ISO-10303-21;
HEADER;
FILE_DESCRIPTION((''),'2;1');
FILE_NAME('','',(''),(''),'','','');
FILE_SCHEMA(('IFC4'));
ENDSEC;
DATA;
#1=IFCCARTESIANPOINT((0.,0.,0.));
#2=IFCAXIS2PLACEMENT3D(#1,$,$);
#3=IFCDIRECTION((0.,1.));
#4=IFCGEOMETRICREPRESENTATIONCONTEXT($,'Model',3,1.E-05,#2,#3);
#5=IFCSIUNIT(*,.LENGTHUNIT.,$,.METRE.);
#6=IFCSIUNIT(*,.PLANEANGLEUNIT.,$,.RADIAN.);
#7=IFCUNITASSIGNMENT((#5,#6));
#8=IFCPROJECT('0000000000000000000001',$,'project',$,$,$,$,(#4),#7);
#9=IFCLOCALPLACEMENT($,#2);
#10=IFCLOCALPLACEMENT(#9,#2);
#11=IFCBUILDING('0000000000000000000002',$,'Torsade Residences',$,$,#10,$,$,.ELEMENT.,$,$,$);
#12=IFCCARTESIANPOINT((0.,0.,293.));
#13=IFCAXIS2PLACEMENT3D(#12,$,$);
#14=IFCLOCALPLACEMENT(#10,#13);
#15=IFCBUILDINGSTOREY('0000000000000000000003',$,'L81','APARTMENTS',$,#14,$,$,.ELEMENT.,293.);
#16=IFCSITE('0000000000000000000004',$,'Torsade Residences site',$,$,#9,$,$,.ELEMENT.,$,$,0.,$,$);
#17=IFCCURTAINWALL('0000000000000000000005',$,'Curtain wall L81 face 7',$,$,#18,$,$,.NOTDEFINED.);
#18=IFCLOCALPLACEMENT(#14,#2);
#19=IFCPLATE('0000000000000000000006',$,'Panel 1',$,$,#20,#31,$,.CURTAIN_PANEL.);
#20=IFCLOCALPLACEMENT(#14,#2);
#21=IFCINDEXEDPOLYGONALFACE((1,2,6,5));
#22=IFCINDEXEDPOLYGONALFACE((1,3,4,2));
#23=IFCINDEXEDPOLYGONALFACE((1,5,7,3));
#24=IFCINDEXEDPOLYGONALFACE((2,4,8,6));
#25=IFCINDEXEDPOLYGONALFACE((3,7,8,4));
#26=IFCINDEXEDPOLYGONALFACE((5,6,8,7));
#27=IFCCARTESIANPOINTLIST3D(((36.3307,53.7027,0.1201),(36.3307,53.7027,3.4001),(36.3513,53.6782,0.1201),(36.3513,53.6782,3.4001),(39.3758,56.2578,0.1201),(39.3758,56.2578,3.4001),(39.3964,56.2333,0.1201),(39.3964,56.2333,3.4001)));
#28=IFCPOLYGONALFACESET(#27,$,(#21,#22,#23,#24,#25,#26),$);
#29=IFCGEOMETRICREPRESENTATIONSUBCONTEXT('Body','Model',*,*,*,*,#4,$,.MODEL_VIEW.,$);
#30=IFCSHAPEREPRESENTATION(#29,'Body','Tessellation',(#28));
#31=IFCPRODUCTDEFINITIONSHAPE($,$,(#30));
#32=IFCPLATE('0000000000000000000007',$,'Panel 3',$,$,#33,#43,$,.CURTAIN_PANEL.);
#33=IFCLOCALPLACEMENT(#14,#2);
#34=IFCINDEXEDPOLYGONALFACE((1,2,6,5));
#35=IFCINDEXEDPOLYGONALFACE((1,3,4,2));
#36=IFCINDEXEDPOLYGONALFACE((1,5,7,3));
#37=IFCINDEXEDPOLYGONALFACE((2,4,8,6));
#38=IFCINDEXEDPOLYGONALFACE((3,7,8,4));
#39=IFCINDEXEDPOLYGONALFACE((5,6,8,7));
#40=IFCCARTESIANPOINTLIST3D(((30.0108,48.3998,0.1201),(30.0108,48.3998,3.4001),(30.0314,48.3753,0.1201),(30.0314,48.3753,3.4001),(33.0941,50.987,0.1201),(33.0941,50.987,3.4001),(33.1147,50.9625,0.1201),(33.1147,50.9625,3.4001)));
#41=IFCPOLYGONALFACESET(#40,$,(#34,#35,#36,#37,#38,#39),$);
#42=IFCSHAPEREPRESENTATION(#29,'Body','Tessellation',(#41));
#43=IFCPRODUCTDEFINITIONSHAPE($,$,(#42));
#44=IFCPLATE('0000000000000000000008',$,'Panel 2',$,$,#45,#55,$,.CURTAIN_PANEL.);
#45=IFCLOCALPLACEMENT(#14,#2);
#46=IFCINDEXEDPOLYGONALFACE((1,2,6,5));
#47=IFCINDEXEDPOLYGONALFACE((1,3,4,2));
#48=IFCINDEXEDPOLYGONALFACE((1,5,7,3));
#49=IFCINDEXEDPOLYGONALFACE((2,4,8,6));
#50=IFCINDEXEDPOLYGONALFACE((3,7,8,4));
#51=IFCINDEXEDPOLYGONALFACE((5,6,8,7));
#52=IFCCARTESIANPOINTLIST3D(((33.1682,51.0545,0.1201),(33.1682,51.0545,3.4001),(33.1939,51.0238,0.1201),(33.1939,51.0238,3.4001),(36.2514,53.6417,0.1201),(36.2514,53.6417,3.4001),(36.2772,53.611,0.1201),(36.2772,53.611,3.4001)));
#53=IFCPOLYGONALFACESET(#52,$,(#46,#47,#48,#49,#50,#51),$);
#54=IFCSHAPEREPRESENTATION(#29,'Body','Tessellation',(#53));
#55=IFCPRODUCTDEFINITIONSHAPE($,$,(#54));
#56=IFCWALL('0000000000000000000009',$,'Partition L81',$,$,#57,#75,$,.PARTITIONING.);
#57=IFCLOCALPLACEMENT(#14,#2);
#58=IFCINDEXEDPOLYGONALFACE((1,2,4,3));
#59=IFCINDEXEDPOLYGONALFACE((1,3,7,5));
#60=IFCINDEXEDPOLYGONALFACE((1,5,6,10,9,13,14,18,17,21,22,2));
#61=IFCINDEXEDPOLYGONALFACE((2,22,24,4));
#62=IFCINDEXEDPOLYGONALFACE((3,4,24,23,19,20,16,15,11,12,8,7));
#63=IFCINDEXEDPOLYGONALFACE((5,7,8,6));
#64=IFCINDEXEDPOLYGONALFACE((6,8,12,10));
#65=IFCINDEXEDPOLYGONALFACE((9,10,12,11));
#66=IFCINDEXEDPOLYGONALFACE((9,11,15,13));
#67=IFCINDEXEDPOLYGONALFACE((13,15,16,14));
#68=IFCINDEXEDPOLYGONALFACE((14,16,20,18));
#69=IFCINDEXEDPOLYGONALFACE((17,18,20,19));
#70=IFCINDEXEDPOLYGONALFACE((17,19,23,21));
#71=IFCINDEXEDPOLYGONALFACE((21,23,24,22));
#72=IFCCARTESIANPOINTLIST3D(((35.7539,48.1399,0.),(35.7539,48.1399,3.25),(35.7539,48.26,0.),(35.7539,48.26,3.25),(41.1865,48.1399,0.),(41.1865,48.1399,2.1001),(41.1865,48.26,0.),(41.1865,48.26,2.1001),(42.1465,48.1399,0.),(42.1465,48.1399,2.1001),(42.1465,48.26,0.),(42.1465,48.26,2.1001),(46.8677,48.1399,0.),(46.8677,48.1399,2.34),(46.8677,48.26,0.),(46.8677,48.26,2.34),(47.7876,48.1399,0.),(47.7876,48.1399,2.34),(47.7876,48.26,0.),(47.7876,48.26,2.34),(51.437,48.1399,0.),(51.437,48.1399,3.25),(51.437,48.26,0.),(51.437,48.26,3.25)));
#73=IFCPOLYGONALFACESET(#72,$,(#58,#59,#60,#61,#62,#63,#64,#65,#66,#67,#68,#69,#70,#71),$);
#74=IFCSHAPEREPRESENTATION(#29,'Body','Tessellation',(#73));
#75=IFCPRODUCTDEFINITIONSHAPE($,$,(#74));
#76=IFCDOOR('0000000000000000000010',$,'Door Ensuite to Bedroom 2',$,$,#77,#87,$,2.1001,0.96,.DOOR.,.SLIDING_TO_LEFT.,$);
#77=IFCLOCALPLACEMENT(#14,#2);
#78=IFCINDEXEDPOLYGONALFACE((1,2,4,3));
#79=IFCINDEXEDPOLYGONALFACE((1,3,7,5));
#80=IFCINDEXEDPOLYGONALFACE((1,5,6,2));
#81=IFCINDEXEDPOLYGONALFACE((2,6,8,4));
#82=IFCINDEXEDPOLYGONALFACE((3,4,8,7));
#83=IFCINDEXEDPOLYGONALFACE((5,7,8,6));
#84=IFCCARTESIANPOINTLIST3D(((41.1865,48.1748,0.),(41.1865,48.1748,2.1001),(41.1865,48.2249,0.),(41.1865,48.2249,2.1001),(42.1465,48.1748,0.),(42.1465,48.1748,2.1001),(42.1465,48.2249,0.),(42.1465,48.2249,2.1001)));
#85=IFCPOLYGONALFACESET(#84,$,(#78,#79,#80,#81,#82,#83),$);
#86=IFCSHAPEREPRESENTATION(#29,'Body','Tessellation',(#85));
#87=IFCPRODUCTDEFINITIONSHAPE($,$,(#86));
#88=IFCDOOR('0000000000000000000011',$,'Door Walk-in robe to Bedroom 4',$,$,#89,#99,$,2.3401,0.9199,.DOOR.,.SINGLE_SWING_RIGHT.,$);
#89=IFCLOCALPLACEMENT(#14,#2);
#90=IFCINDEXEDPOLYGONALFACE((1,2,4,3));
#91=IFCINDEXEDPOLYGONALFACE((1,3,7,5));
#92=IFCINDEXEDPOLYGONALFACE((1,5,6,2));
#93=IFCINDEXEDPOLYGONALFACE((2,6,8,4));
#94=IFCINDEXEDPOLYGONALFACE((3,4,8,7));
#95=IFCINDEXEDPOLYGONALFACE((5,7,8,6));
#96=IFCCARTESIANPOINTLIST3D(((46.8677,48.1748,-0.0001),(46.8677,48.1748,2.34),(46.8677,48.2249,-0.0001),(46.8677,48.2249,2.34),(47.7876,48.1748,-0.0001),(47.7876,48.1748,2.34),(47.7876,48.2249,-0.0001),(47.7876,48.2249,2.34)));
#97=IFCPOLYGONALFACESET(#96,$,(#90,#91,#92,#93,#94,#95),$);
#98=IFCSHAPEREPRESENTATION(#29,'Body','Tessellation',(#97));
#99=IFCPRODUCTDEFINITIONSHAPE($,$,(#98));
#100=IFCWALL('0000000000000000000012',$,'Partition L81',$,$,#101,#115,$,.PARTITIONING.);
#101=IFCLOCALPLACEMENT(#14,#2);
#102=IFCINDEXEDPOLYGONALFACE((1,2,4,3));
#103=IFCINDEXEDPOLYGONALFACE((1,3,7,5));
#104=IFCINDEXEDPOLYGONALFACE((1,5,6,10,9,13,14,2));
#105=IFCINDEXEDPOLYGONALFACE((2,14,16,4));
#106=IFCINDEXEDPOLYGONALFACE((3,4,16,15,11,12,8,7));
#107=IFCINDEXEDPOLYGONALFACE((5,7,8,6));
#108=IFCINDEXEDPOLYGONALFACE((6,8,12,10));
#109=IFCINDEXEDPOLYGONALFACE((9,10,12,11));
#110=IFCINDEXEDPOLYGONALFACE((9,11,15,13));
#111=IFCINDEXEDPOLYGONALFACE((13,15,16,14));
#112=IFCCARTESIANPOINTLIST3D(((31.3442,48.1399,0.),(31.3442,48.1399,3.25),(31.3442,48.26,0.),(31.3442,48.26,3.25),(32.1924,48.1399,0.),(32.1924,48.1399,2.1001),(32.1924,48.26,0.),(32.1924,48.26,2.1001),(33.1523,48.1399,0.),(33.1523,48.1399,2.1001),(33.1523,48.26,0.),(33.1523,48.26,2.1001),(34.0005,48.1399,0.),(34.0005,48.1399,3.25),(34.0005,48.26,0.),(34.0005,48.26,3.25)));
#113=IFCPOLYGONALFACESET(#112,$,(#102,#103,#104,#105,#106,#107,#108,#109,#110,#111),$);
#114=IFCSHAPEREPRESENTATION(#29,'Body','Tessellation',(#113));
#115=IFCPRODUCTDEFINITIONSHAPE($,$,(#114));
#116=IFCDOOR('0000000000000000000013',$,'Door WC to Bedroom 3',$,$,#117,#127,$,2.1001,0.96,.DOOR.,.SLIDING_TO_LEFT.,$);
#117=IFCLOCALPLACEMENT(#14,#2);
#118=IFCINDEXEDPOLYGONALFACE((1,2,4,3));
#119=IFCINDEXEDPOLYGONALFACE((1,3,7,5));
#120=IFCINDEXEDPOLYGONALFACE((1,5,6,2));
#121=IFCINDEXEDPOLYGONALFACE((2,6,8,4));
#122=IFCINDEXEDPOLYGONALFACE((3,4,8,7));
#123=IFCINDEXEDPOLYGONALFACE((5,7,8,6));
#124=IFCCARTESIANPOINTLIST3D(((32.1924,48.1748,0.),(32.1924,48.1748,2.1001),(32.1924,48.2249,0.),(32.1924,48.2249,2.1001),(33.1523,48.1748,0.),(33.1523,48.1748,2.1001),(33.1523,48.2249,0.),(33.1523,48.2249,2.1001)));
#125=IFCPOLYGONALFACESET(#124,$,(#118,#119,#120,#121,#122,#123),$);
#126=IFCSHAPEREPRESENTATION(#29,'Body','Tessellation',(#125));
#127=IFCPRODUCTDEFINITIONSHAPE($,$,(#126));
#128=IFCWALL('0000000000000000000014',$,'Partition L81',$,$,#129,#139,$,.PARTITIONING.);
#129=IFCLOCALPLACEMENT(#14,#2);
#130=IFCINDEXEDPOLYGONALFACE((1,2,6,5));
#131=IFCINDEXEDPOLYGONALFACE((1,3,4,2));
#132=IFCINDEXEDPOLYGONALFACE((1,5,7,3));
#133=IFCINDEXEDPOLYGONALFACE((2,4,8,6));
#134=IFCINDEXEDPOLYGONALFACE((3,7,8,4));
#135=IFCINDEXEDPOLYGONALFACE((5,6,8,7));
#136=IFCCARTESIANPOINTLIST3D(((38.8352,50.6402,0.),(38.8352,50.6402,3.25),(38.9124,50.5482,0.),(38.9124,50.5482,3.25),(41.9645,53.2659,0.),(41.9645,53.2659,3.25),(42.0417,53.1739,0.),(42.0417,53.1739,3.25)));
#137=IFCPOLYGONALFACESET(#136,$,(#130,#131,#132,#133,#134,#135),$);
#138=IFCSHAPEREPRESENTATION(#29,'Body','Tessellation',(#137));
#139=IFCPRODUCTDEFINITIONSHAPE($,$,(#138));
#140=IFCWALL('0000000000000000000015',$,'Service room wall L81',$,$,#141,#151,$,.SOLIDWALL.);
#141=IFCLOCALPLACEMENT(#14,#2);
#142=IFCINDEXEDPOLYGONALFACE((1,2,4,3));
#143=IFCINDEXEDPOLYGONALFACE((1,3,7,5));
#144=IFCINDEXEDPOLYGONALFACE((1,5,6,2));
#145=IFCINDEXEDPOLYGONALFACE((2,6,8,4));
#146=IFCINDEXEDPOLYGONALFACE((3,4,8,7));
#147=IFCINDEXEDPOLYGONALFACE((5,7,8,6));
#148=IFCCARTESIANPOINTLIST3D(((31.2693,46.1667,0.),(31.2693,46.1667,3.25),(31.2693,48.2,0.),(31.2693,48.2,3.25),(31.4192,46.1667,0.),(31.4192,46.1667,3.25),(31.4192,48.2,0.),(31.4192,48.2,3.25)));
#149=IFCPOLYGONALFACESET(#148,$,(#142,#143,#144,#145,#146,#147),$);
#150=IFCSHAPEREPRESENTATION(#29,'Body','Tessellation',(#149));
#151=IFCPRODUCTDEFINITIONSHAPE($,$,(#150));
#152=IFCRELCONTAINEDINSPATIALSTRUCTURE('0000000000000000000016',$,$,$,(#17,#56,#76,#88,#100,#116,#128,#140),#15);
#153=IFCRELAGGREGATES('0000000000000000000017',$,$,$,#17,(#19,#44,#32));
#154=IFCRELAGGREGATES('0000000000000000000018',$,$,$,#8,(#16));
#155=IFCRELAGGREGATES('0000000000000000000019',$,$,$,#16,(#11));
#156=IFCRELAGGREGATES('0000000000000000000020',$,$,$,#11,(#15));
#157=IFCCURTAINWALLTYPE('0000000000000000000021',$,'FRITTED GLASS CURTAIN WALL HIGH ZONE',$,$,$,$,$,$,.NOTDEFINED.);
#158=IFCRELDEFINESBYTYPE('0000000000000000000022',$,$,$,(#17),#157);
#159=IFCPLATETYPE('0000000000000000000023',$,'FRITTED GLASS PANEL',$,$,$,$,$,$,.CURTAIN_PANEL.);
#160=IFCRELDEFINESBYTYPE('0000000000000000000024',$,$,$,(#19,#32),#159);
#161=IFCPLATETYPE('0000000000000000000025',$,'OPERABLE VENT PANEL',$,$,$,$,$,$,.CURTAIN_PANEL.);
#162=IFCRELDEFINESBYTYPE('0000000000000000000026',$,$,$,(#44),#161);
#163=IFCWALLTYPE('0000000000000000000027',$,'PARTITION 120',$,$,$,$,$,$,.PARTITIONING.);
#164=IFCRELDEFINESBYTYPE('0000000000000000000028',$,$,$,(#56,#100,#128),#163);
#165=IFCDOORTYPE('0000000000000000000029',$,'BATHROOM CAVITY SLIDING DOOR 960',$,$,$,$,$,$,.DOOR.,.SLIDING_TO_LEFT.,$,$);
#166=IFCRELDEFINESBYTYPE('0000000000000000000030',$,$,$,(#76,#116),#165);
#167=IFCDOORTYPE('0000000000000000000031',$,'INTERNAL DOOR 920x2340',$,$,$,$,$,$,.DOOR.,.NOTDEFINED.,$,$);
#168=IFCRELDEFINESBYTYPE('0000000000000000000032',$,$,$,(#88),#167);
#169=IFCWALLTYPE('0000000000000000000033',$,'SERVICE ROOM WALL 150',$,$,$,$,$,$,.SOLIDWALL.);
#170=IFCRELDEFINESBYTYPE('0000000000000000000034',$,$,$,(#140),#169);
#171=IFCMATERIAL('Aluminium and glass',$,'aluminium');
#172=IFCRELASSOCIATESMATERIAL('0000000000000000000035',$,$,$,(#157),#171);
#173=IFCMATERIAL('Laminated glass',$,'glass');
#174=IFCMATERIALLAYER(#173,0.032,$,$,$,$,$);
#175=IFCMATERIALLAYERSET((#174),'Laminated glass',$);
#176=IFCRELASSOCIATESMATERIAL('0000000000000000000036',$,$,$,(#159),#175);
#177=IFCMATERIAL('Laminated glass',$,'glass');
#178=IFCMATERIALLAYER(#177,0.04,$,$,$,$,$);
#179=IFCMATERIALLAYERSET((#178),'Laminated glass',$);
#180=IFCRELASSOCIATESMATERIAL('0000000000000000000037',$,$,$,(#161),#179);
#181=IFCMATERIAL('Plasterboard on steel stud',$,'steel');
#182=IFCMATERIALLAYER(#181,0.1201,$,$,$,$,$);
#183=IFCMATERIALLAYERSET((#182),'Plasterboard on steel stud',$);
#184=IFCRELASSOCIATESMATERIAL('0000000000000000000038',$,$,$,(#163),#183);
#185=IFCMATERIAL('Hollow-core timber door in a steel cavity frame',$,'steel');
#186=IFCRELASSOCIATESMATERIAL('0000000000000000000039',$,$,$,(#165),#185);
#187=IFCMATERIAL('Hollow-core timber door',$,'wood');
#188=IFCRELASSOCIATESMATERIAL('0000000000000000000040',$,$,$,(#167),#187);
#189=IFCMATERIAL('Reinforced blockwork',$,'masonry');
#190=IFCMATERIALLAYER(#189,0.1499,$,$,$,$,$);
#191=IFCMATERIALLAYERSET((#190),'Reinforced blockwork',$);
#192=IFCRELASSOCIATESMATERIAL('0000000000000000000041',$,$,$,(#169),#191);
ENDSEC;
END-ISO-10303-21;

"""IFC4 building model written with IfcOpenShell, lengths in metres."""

from ifc_helpers import new_model, si_unit, direction, frame, frame_2d, origin, origin_2d, place, context, subcontext, project, spatial, rectangle, extrude, material, layer, layer_set, type_object, element, fill, aggregate, save


model = new_model("IFC4")

# Units and contexts
model_context = context("Model", 3, precision=1e-05, world=origin(), true_north=direction((0.0, 1.0)))
body_context = subcontext(model_context, "Body", "Model", "MODEL_VIEW")
ifc_project = project(units=[si_unit("LENGTHUNIT", "METRE"), si_unit("PLANEANGLEUNIT", "RADIAN")], contexts=[model_context])

# Site, building, storey
site_placement = place(None, origin())
site = spatial("IfcSite", under=ifc_project, at=site_placement, Name="Torsade Residences site", CompositionType="ELEMENT", RefElevation=0.0)
building_placement = place(site_placement, origin())
building = spatial("IfcBuilding", under=site, at=building_placement, Name="Torsade Residences", CompositionType="ELEMENT")
storey_placement = place(building_placement, frame((0.0, 0.0, 293.0)))
storey = spatial("IfcBuildingStorey", under=building, at=storey_placement, Name="L81", Description="APARTMENTS", CompositionType="ELEMENT", Elevation=293.0)

# Curtain wall
ifc_material_1 = material(Name="Aluminium and glass", Category="aluminium")
curtain_wall_type = type_object("IfcCurtainWallType", Name="FRITTED GLASS CURTAIN WALL HIGH ZONE", PredefinedType="NOTDEFINED", material=ifc_material_1)
curtain_wall_placement = place(storey_placement, origin())
curtain_wall = element("IfcCurtainWall", 1, at=curtain_wall_placement, inside=storey, type_object=curtain_wall_type, Name="Curtain wall L81 face 7", PredefinedType="NOTDEFINED")

# Plates
ifc_material_2 = material(Name="Laminated glass", Category="glass")
ifc_layer_1 = layer(ifc_material_2, 0.032)
ifc_layer_set_1 = layer_set([ifc_layer_1], Name="Laminated glass")
plate_type_1 = type_object("IfcPlateType", Name="FRITTED GLASS PANEL", PredefinedType="CURTAIN_PANEL", material=ifc_layer_set_1)
plate_1_placement = place(storey_placement, frame((37.8635, 54.968, 0.1201), z_axis=(0.0, 0.0, 1.0), x_axis=(-0.766044, -0.642788, 0.0)))
plate_1 = element("IfcPlate", 2, at=plate_1_placement, type_object=plate_type_1, Name="Panel 1", PredefinedType="CURTAIN_PANEL", context=body_context, shape_type="SweptSolid", body=[
    extrude(rectangle(XDim=3.9751, YDim=0.032, at=origin_2d()), origin(), (0.0, 0.0, 1.0), 3.28),
])
plate_2_placement = place(storey_placement, frame((31.5627, 49.6812, 0.1201), z_axis=(0.0, 0.0, 1.0), x_axis=(-0.766044, -0.642788, 0.0)))
plate_2 = element("IfcPlate", 3, at=plate_2_placement, type_object=plate_type_1, Name="Panel 3", PredefinedType="CURTAIN_PANEL", context=body_context, shape_type="SweptSolid", body=[
    extrude(rectangle(XDim=4.0249, YDim=0.032, at=origin_2d()), origin(), (0.0, 0.0, 1.0), 3.28),
])
ifc_material_3 = material(Name="Laminated glass", Category="glass")
ifc_layer_2 = layer(ifc_material_3, 0.04)
ifc_layer_set_2 = layer_set([ifc_layer_2], Name="Laminated glass")
plate_type_2 = type_object("IfcPlateType", Name="OPERABLE VENT PANEL", PredefinedType="CURTAIN_PANEL", material=ifc_layer_set_2)
plate_3_placement = place(storey_placement, frame((34.7227, 52.3328, 0.1201), z_axis=(0.0, 0.0, 1.0), x_axis=(-0.766044, -0.642788, 0.0)))
plate_3 = element("IfcPlate", 4, at=plate_3_placement, type_object=plate_type_2, Name="Panel 2", PredefinedType="CURTAIN_PANEL", context=body_context, shape_type="SweptSolid", body=[
    extrude(rectangle(XDim=4.0249, YDim=0.04, at=origin_2d()), origin(), (0.0, 0.0, 1.0), 3.28),
])
aggregate(curtain_wall, [plate_1, plate_3, plate_2])

# Wall, openings, doors
ifc_material_4 = material(Name="Plasterboard on steel stud", Category="steel")
ifc_layer_3 = layer(ifc_material_4, 0.1201)
ifc_layer_set_3 = layer_set([ifc_layer_3], Name="Plasterboard on steel stud")
wall_type_1 = type_object("IfcWallType", Name="PARTITION 120", PredefinedType="PARTITIONING", material=ifc_layer_set_3)
wall_1_placement = place(storey_placement, frame((35.7539, 48.2, 0.0), z_axis=(0.0, 0.0, 1.0), x_axis=(1.0, 0.0, 0.0)))
wall_1 = element("IfcWall", 5, at=wall_1_placement, inside=storey, type_object=wall_type_1, Name="Partition L81", PredefinedType="PARTITIONING", context=body_context, shape_type="SweptSolid", body=[
    extrude(rectangle(XDim=15.6831, YDim=0.1201, at=frame_2d((7.8416, 0.0))), origin(), (0.0, 0.0, 1.0), 3.25),
])
opening_1_placement = place(wall_1_placement, frame((5.4326, 0.0, 0.0)))
opening_1 = element("IfcOpeningElement", 6, at=opening_1_placement, cuts=wall_1, PredefinedType="OPENING", context=body_context, shape_type="SweptSolid", body=[
    extrude(rectangle(XDim=0.96, YDim=2.1001, at=frame_2d((0.48, 1.05))), frame((0.0, 0.0701, 0.0), z_axis=(0.0, -1.0, 0.0), x_axis=(1.0, 0.0, 0.0)), (0.0, 0.0, 1.0), 0.1401),
])
opening_2_placement = place(wall_1_placement, frame((11.1138, 0.0, 0.0)))
opening_2 = element("IfcOpeningElement", 7, at=opening_2_placement, cuts=wall_1, PredefinedType="OPENING", context=body_context, shape_type="SweptSolid", body=[
    extrude(rectangle(XDim=0.9199, YDim=2.3401, at=frame_2d((0.46, 1.1699))), frame((0.0, 0.0701, 0.0), z_axis=(0.0, -1.0, 0.0), x_axis=(1.0, 0.0, 0.0)), (0.0, 0.0, 1.0), 0.1401),
])
ifc_material_5 = material(Name="Hollow-core timber door in a steel cavity frame", Category="steel")
door_type_1 = type_object("IfcDoorType", Name="BATHROOM CAVITY SLIDING DOOR 960", OperationType="SLIDING_TO_LEFT", PredefinedType="DOOR", material=ifc_material_5)
door_1_placement = place(opening_1_placement, origin())
door_1 = element("IfcDoor", 8, at=door_1_placement, inside=storey, type_object=door_type_1, Name="Door Ensuite to Bedroom 2", OperationType="SLIDING_TO_LEFT", OverallHeight=2.1001, OverallWidth=0.96, PredefinedType="DOOR", context=body_context, shape_type="SweptSolid", body=[
    extrude(rectangle(XDim=0.96, YDim=2.1001, at=frame_2d((0.48, 1.05))), frame((0.0, 0.0249, 0.0), z_axis=(0.0, -1.0, 0.0), x_axis=(1.0, 0.0, 0.0)), (0.0, 0.0, 1.0), 0.05),
])
fill(opening_1, door_1)
ifc_material_6 = material(Name="Hollow-core timber door", Category="wood")
door_type_2 = type_object("IfcDoorType", Name="INTERNAL DOOR 920x2340", OperationType="NOTDEFINED", PredefinedType="DOOR", material=ifc_material_6)
door_2_placement = place(opening_2_placement, origin())
door_2 = element("IfcDoor", 9, at=door_2_placement, inside=storey, type_object=door_type_2, Name="Door Walk-in robe to Bedroom 4", OperationType="SINGLE_SWING_RIGHT", OverallHeight=2.3401, OverallWidth=0.9199, PredefinedType="DOOR", context=body_context, shape_type="SweptSolid", body=[
    extrude(rectangle(XDim=0.9199, YDim=2.3401, at=frame_2d((0.46, 1.1699))), frame((0.0, 0.0249, 0.0), z_axis=(0.0, -1.0, 0.0), x_axis=(1.0, 0.0, 0.0)), (0.0, 0.0, 1.0), 0.05),
])
fill(opening_2, door_2)

# Wall, opening, door
wall_2_placement = place(storey_placement, frame((31.3442, 48.2, 0.0), z_axis=(0.0, 0.0, 1.0), x_axis=(1.0, 0.0, 0.0)))
wall_2 = element("IfcWall", 10, at=wall_2_placement, inside=storey, type_object=wall_type_1, Name="Partition L81", PredefinedType="PARTITIONING", context=body_context, shape_type="SweptSolid", body=[
    extrude(rectangle(XDim=2.6562, YDim=0.1201, at=frame_2d((1.3281, 0.0))), origin(), (0.0, 0.0, 1.0), 3.25),
])
opening_3_placement = place(wall_2_placement, frame((0.8481, 0.0, 0.0)))
opening_3 = element("IfcOpeningElement", 11, at=opening_3_placement, cuts=wall_2, PredefinedType="OPENING", context=body_context, shape_type="SweptSolid", body=[
    extrude(rectangle(XDim=0.96, YDim=2.1001, at=frame_2d((0.48, 1.05))), frame((0.0, 0.0701, 0.0), z_axis=(0.0, -1.0, 0.0), x_axis=(1.0, 0.0, 0.0)), (0.0, 0.0, 1.0), 0.1401),
])
door_3_placement = place(opening_3_placement, origin())
door_3 = element("IfcDoor", 12, at=door_3_placement, inside=storey, type_object=door_type_1, Name="Door WC to Bedroom 3", OperationType="SLIDING_TO_LEFT", OverallHeight=2.1001, OverallWidth=0.96, PredefinedType="DOOR", context=body_context, shape_type="SweptSolid", body=[
    extrude(rectangle(XDim=0.96, YDim=2.1001, at=frame_2d((0.48, 1.05))), frame((0.0, 0.0249, 0.0), z_axis=(0.0, -1.0, 0.0), x_axis=(1.0, 0.0, 0.0)), (0.0, 0.0, 1.0), 0.05),
])
fill(opening_3, door_3)

# Walls
wall_3_placement = place(storey_placement, frame((38.8738, 50.5942, 0.0), z_axis=(0.0, 0.0, 1.0), x_axis=(0.766061, 0.642767, 0.0)))
element("IfcWall", 13, at=wall_3_placement, inside=storey, type_object=wall_type_1, Name="Partition L81", PredefinedType="PARTITIONING", context=body_context, shape_type="SweptSolid", body=[
    extrude(rectangle(XDim=4.085, YDim=0.1201, at=frame_2d((2.0425, 0.0))), origin(), (0.0, 0.0, 1.0), 3.25),
])
ifc_material_7 = material(Name="Reinforced blockwork", Category="masonry")
ifc_layer_4 = layer(ifc_material_7, 0.1499)
ifc_layer_set_4 = layer_set([ifc_layer_4], Name="Reinforced blockwork")
wall_type_2 = type_object("IfcWallType", Name="SERVICE ROOM WALL 150", PredefinedType="SOLIDWALL", material=ifc_layer_set_4)
wall_4_placement = place(storey_placement, frame((31.3442, 46.1667, 0.0), z_axis=(0.0, 0.0, 1.0), x_axis=(0.0, 1.0, 0.0)))
element("IfcWall", 14, at=wall_4_placement, inside=storey, type_object=wall_type_2, Name="Service room wall L81", PredefinedType="SOLIDWALL", context=body_context, shape_type="SweptSolid", body=[
    extrude(rectangle(XDim=2.0332, YDim=0.1499, at=frame_2d((1.0166, 0.0))), origin(), (0.0, 0.0, 1.0), 3.25),
])

save(model, "model.ifc")
